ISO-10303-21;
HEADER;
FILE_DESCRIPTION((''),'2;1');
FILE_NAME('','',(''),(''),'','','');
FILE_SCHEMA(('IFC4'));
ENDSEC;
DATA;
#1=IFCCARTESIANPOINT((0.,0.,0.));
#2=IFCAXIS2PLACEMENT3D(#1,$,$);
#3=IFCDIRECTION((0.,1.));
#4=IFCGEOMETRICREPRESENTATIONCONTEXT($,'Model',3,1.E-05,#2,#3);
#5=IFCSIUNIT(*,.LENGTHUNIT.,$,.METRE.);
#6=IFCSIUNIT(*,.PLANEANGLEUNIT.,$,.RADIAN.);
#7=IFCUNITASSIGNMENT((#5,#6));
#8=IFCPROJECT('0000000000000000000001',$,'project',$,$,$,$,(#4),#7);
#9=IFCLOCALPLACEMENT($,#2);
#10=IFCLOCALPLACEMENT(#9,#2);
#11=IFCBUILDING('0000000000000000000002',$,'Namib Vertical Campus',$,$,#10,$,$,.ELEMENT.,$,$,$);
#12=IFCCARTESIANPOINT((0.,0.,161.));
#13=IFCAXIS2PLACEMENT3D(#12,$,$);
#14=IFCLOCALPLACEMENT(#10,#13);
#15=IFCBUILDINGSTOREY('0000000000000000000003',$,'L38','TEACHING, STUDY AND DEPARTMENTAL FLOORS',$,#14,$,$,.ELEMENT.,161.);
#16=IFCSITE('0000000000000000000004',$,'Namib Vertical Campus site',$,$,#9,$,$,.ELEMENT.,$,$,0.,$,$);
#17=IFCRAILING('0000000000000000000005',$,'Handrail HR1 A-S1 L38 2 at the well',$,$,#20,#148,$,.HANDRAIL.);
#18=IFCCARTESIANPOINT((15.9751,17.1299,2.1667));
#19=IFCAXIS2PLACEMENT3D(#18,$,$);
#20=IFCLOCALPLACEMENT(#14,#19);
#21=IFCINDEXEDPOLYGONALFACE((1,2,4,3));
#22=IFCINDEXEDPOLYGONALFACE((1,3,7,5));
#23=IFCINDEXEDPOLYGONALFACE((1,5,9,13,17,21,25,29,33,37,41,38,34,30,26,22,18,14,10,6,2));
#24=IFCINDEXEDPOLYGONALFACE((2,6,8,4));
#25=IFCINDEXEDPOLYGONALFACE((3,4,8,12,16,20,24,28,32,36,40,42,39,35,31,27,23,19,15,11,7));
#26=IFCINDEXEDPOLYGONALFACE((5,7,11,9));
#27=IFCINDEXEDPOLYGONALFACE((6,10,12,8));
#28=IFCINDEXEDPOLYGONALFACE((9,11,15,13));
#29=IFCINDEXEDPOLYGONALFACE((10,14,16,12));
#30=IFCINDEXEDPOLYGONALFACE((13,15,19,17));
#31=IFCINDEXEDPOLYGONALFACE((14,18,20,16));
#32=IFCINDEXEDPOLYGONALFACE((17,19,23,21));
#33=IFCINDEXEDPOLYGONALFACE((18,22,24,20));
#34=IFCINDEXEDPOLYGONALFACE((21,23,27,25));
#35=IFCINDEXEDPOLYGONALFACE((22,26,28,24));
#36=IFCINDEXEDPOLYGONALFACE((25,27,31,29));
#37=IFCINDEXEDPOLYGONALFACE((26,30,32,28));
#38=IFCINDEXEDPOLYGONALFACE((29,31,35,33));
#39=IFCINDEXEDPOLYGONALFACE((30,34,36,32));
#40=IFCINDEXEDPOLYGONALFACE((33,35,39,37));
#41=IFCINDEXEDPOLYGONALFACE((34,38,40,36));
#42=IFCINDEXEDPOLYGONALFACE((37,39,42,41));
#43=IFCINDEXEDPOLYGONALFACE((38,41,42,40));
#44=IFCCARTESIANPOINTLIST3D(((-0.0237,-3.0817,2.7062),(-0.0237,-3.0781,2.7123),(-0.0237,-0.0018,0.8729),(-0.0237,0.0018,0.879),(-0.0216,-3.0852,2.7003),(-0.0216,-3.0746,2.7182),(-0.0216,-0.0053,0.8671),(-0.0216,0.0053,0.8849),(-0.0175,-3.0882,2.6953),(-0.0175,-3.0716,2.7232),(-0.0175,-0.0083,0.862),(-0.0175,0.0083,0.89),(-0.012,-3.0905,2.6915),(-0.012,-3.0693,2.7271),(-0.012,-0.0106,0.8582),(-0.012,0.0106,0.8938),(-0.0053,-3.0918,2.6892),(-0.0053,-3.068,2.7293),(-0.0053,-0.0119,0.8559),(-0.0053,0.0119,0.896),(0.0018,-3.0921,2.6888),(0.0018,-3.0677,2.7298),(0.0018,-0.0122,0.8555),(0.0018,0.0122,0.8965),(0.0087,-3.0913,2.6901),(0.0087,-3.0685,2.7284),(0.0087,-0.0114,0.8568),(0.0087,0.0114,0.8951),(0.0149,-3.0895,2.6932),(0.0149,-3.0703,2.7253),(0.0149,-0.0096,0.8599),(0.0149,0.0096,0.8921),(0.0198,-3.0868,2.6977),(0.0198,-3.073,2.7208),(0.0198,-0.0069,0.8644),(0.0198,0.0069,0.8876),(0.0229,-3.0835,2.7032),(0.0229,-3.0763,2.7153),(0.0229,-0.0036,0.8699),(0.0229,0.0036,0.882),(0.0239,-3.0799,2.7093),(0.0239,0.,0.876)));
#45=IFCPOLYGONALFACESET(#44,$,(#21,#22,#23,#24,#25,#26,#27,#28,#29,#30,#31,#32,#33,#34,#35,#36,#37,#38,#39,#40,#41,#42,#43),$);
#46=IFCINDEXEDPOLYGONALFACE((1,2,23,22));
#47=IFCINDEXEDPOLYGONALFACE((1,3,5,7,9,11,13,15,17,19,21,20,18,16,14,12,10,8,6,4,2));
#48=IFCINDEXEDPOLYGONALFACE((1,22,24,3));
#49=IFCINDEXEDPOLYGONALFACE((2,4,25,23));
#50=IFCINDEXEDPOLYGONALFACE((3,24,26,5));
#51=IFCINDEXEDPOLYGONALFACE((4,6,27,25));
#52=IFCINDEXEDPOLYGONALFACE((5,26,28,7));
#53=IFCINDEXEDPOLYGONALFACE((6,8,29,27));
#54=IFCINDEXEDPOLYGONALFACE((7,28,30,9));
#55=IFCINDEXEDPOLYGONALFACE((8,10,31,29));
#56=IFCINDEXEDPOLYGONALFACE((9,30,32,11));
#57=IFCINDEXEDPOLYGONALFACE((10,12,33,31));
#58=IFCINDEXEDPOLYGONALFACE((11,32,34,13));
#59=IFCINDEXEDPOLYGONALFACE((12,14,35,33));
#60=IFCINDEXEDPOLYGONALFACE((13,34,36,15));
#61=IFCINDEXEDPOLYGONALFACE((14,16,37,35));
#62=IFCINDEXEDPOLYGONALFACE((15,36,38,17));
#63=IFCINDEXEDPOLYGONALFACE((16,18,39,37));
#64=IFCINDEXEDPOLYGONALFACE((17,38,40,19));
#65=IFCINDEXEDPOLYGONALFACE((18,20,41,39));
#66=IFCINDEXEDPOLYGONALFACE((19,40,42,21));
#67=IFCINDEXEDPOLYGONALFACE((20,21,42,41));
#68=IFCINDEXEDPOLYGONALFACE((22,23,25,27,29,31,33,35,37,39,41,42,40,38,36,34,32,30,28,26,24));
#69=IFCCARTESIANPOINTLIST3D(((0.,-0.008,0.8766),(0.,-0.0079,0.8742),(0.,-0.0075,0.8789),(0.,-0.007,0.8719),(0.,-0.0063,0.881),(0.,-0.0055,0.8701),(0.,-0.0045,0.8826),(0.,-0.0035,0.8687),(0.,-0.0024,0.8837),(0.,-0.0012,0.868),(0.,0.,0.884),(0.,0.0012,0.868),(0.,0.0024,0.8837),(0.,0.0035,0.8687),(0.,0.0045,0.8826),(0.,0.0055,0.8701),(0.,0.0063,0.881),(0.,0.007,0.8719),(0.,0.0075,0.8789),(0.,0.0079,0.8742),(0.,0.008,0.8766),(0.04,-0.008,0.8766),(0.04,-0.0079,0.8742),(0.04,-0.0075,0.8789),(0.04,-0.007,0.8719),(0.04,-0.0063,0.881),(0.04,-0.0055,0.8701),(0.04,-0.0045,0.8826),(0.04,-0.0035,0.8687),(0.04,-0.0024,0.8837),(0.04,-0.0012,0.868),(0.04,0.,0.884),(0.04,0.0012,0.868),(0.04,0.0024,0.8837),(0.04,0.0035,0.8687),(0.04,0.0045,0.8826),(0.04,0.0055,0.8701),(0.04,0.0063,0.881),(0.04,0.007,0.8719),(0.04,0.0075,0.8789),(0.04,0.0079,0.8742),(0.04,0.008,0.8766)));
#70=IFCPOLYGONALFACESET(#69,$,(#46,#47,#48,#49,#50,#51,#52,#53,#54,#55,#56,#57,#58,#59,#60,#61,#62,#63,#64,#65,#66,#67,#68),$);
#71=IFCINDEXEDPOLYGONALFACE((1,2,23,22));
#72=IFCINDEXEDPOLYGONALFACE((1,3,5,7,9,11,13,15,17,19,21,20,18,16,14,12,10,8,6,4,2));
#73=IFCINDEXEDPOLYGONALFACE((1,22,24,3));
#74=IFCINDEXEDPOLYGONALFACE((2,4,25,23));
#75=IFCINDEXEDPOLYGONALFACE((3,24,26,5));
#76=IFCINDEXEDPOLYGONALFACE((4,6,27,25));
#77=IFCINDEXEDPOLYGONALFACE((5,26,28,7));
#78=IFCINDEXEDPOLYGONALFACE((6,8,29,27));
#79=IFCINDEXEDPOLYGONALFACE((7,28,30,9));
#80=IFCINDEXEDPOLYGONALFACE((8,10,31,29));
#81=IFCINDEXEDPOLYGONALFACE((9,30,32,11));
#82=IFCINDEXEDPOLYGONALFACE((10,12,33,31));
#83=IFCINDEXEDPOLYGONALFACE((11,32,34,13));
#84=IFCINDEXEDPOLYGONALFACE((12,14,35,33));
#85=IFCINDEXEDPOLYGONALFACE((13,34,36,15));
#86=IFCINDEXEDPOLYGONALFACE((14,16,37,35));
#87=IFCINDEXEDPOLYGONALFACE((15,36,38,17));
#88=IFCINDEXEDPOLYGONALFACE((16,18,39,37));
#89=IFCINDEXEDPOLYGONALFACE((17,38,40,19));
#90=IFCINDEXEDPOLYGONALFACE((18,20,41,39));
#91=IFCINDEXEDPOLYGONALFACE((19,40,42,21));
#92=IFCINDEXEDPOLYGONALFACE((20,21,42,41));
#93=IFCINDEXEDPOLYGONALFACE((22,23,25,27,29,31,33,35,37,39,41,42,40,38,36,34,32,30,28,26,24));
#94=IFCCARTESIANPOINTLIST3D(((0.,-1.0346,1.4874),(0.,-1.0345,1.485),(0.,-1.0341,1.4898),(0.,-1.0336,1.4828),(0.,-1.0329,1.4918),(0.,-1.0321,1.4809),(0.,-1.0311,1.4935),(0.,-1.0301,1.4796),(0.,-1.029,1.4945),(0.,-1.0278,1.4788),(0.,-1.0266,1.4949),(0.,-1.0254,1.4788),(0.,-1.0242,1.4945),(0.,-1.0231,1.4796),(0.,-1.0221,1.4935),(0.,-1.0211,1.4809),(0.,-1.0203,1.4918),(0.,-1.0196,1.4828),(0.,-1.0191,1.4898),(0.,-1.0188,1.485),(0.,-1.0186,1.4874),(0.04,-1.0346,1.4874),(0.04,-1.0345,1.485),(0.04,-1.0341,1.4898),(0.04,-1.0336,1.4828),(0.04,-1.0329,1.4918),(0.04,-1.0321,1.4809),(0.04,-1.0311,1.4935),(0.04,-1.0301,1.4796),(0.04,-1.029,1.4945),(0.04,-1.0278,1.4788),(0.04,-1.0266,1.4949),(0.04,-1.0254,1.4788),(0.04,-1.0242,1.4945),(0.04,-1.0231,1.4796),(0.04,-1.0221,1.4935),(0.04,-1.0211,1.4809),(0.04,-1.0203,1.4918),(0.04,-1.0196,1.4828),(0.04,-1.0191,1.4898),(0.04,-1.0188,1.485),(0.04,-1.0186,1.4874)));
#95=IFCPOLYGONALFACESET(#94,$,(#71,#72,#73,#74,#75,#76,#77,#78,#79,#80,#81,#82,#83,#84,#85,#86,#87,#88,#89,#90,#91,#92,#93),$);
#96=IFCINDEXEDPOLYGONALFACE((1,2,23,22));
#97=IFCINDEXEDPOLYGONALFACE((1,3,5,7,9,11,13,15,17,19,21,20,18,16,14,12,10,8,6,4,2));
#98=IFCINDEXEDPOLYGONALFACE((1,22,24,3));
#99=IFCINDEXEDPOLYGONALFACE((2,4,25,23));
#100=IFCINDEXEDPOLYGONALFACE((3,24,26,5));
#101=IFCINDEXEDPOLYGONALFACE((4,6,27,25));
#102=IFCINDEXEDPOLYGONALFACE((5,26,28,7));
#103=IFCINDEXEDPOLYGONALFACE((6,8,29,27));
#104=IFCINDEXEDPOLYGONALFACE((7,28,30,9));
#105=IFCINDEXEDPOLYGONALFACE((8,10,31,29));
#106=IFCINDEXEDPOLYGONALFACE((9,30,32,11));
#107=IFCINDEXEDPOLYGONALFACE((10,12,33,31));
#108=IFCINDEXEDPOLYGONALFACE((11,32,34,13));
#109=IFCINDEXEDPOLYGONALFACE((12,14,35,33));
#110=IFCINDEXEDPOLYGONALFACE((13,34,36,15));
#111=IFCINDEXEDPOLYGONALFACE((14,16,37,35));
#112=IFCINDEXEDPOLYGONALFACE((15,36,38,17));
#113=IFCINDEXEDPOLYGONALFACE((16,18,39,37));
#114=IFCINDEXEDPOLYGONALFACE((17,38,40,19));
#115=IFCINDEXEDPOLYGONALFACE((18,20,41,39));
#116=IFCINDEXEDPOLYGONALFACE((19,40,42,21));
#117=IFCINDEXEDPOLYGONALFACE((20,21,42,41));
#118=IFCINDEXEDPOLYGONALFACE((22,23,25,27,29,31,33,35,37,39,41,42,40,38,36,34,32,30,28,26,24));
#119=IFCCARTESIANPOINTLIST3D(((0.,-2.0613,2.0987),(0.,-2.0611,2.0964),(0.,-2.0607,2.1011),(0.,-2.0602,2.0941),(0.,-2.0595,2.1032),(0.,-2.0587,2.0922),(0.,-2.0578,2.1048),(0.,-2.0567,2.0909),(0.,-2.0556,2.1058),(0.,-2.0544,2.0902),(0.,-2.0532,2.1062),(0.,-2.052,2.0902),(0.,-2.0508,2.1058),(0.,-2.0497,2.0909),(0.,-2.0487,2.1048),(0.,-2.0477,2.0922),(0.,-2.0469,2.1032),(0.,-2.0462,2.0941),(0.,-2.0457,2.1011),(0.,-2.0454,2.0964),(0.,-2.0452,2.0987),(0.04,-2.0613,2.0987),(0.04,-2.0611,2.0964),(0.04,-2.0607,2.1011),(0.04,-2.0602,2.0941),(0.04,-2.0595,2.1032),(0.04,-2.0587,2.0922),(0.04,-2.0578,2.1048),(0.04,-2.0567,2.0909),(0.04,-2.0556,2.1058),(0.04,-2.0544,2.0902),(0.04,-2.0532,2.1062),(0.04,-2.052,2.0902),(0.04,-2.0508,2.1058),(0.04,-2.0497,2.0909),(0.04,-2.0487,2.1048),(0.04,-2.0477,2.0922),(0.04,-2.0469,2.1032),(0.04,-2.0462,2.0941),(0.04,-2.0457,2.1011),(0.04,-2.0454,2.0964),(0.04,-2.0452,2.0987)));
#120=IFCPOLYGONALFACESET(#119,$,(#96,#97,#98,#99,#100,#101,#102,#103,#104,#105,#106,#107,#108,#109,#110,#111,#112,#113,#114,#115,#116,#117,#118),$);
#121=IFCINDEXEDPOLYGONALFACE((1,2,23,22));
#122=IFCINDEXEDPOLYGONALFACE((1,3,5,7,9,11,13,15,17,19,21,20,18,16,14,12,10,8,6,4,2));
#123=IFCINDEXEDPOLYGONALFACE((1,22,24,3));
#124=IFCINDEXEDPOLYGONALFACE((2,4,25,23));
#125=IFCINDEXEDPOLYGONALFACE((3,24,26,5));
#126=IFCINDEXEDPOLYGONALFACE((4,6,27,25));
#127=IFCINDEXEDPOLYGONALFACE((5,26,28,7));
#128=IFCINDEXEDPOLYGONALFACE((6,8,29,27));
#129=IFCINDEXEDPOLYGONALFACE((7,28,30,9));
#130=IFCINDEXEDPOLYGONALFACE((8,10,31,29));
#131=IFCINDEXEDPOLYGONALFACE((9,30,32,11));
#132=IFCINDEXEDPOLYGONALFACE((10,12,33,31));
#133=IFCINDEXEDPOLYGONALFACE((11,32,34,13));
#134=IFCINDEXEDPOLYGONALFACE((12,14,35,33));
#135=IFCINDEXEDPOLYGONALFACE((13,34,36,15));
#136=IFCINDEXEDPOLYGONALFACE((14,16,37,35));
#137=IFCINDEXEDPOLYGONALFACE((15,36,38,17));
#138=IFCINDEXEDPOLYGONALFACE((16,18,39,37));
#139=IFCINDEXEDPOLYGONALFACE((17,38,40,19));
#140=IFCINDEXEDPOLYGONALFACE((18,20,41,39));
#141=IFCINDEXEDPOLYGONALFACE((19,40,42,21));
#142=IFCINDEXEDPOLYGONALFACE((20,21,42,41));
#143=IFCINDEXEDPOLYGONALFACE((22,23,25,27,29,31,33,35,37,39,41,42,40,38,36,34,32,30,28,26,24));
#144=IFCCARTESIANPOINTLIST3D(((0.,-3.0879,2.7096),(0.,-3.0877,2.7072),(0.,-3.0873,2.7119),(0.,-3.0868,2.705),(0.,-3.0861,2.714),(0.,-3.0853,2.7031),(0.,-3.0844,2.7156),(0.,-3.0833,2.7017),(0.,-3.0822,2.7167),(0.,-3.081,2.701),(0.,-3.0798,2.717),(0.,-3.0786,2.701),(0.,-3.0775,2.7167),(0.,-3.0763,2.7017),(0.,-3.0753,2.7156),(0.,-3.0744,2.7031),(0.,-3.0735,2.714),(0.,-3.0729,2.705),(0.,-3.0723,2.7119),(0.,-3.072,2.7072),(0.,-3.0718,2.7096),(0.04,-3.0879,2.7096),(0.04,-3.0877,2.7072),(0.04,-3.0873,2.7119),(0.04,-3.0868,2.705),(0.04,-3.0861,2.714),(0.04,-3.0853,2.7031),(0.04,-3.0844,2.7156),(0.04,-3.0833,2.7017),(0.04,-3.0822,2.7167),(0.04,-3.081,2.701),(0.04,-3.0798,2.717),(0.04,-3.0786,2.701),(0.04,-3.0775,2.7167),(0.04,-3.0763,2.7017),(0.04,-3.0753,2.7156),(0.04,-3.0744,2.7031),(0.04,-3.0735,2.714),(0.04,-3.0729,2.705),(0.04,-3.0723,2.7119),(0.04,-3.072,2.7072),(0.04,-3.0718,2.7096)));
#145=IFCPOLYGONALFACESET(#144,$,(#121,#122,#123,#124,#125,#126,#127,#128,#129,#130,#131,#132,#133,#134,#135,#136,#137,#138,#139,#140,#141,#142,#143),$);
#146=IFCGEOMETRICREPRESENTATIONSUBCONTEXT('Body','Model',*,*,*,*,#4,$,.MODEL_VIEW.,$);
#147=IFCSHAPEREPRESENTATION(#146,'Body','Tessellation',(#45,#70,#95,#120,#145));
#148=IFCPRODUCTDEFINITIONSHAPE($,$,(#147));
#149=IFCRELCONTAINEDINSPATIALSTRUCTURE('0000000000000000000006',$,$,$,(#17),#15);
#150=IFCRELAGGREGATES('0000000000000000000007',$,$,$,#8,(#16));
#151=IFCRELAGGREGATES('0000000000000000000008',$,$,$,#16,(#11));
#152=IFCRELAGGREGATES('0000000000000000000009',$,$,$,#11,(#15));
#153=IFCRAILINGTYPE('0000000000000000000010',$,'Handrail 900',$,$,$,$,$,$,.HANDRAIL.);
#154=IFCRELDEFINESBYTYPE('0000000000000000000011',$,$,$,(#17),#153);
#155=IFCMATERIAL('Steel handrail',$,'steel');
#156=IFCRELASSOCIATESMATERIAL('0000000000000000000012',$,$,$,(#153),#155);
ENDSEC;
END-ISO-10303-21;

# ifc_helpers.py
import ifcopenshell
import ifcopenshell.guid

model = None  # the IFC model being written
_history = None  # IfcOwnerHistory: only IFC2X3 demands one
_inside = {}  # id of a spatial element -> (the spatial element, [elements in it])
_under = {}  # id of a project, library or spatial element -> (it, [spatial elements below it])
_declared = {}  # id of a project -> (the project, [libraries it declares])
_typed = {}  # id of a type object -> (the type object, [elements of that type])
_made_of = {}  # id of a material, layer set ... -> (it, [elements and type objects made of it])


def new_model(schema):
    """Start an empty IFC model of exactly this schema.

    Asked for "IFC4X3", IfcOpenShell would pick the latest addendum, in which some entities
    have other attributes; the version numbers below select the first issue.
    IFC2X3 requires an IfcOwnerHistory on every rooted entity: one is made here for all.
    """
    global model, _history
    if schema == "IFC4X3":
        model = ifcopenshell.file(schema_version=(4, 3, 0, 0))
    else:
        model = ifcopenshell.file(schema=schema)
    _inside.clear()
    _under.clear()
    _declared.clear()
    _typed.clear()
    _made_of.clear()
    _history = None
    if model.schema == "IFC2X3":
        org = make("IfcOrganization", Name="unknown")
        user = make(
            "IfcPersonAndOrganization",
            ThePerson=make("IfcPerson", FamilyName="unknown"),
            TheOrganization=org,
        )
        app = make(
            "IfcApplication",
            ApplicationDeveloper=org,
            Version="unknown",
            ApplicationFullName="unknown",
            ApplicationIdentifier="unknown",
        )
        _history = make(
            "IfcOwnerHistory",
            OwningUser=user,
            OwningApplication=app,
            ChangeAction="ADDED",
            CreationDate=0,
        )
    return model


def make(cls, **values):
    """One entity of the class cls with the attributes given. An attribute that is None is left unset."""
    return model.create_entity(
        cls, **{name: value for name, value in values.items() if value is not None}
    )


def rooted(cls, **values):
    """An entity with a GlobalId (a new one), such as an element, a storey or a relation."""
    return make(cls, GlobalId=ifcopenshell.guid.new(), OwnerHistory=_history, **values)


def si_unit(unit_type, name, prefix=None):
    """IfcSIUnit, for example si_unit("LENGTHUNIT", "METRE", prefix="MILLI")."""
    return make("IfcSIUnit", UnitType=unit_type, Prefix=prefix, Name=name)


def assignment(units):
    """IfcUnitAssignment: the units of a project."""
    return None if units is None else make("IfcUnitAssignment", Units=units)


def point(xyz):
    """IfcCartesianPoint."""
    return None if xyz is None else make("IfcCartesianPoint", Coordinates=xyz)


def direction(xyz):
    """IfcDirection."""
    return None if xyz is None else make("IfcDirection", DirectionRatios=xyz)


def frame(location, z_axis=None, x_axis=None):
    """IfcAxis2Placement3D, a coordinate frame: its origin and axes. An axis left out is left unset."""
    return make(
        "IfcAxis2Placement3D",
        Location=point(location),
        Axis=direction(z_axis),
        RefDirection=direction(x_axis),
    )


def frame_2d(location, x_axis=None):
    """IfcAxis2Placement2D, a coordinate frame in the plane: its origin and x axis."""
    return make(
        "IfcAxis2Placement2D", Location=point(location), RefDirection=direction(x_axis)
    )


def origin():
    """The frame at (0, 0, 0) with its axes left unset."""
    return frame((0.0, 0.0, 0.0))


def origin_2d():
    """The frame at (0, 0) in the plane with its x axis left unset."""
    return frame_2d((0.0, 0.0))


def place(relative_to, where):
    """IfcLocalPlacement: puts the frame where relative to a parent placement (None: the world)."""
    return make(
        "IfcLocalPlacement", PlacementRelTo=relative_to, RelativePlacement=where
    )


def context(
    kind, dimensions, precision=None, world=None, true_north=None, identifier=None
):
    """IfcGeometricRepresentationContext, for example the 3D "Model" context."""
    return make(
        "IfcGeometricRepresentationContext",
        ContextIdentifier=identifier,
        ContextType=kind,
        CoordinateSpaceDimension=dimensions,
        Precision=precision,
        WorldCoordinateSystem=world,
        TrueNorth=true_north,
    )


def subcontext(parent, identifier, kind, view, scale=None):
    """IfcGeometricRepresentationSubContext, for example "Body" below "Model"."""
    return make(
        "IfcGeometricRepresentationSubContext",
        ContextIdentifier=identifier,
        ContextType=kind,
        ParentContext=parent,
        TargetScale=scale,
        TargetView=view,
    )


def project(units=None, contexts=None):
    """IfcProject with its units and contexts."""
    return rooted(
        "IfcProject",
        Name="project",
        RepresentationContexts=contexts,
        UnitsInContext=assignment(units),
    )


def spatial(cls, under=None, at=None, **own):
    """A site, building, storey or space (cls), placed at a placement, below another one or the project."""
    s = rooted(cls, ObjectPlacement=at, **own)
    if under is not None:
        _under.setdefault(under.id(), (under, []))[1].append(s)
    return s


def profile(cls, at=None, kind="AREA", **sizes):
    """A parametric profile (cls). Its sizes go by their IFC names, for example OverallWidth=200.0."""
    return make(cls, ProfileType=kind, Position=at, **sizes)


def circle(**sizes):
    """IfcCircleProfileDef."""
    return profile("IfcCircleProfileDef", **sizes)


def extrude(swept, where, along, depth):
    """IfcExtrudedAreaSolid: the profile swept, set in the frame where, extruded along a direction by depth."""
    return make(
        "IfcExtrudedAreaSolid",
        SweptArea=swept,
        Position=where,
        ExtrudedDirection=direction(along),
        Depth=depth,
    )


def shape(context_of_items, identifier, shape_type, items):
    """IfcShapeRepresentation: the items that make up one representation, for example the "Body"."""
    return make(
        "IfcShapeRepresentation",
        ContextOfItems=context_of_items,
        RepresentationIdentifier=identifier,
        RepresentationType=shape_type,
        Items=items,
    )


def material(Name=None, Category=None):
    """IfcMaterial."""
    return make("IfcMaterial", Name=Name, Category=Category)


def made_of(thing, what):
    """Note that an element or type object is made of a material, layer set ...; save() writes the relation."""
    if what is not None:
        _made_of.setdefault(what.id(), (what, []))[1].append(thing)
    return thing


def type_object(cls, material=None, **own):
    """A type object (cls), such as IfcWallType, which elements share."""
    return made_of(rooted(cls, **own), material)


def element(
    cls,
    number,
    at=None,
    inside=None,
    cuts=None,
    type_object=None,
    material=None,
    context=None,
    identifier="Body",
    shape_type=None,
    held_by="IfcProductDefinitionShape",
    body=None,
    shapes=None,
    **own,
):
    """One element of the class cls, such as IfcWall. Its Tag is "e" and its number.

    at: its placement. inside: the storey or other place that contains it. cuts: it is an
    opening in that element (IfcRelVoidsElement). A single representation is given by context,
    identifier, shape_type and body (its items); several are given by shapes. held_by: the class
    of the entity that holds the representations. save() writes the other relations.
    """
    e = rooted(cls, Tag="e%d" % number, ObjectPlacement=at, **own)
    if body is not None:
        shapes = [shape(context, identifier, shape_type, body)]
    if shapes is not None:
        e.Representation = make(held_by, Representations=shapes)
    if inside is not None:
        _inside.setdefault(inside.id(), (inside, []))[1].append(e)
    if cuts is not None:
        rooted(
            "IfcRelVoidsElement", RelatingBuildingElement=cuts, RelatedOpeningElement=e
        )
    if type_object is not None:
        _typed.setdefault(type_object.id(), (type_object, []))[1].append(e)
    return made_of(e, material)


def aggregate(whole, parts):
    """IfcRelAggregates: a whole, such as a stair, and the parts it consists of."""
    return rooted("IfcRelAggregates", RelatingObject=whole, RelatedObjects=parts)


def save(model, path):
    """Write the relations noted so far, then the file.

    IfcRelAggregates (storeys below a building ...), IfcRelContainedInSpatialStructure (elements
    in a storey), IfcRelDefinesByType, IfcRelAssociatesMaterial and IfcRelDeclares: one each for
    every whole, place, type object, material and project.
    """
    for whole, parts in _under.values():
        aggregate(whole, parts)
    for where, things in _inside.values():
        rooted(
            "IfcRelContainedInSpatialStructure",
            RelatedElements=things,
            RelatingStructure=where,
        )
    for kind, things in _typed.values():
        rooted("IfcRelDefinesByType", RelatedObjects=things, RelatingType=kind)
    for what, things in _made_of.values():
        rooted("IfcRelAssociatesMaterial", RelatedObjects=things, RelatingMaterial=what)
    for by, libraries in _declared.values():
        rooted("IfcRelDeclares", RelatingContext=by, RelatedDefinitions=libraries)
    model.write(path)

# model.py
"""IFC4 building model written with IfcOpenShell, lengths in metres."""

from ifc_helpers import new_model, si_unit, direction, frame, origin, origin_2d, place, context, subcontext, project, spatial, circle, extrude, material, type_object, element, save


model = new_model("IFC4")

# Units and contexts
model_context = context("Model", 3, precision=1e-05, world=origin(), true_north=direction((0.0, 1.0)))
body_context = subcontext(model_context, "Body", "Model", "MODEL_VIEW")
ifc_project = project(units=[si_unit("LENGTHUNIT", "METRE"), si_unit("PLANEANGLEUNIT", "RADIAN")], contexts=[model_context])

# Site, building, storey
site_placement = place(None, origin())
site = spatial("IfcSite", under=ifc_project, at=site_placement, Name="Namib Vertical Campus site", CompositionType="ELEMENT", RefElevation=0.0)
building_placement = place(site_placement, origin())
building = spatial("IfcBuilding", under=site, at=building_placement, Name="Namib Vertical Campus", CompositionType="ELEMENT")
storey_placement = place(building_placement, frame((0.0, 0.0, 161.0)))
storey = spatial("IfcBuildingStorey", under=building, at=storey_placement, Name="L38", Description="TEACHING, STUDY AND DEPARTMENTAL FLOORS", CompositionType="ELEMENT", Elevation=161.0)

# Railing
ifc_material_1 = material(Name="Steel handrail", Category="steel")
railing_type_1 = type_object("IfcRailingType", Name="Handrail 900", PredefinedType="HANDRAIL", material=ifc_material_1)
railing_1_placement = place(storey_placement, frame((15.9751, 17.1299, 2.1667)))
element("IfcRailing", 1, at=railing_1_placement, inside=storey, type_object=railing_type_1, Name="Handrail HR1 A-S1 L38 2 at the well", PredefinedType="HANDRAIL", context=body_context, shape_type="SweptSolid", body=[
    extrude(circle(Radius=0.0239, at=origin_2d()), frame((0.0, 0.0, 0.876), z_axis=(0.0, -0.859291, 0.511487), x_axis=(1.0, 0.0, 0.0)), (0.0, 0.0, 1.0), 3.5842),
    extrude(circle(Radius=0.0081, at=origin_2d()), frame((0.0, 0.0, 0.876), z_axis=(1.0, 0.0, 0.0), x_axis=(0.0, 0.0, 1.0)), (0.0, 0.0, 1.0), 0.04),
    extrude(circle(Radius=0.0081, at=origin_2d()), frame((0.0, -1.0266, 1.4868), z_axis=(1.0, 0.0, 0.0), x_axis=(0.0, 0.0, 1.0)), (0.0, 0.0, 1.0), 0.04),
    extrude(circle(Radius=0.0081, at=origin_2d()), frame((0.0, -2.0532, 2.0981), z_axis=(1.0, 0.0, 0.0), x_axis=(0.0, 0.0, 1.0)), (0.0, 0.0, 1.0), 0.04),
    extrude(circle(Radius=0.0081, at=origin_2d()), frame((0.0, -3.0798, 2.709), z_axis=(1.0, 0.0, 0.0), x_axis=(0.0, 0.0, 1.0)), (0.0, 0.0, 1.0), 0.04),
])

save(model, "model.ifc")
